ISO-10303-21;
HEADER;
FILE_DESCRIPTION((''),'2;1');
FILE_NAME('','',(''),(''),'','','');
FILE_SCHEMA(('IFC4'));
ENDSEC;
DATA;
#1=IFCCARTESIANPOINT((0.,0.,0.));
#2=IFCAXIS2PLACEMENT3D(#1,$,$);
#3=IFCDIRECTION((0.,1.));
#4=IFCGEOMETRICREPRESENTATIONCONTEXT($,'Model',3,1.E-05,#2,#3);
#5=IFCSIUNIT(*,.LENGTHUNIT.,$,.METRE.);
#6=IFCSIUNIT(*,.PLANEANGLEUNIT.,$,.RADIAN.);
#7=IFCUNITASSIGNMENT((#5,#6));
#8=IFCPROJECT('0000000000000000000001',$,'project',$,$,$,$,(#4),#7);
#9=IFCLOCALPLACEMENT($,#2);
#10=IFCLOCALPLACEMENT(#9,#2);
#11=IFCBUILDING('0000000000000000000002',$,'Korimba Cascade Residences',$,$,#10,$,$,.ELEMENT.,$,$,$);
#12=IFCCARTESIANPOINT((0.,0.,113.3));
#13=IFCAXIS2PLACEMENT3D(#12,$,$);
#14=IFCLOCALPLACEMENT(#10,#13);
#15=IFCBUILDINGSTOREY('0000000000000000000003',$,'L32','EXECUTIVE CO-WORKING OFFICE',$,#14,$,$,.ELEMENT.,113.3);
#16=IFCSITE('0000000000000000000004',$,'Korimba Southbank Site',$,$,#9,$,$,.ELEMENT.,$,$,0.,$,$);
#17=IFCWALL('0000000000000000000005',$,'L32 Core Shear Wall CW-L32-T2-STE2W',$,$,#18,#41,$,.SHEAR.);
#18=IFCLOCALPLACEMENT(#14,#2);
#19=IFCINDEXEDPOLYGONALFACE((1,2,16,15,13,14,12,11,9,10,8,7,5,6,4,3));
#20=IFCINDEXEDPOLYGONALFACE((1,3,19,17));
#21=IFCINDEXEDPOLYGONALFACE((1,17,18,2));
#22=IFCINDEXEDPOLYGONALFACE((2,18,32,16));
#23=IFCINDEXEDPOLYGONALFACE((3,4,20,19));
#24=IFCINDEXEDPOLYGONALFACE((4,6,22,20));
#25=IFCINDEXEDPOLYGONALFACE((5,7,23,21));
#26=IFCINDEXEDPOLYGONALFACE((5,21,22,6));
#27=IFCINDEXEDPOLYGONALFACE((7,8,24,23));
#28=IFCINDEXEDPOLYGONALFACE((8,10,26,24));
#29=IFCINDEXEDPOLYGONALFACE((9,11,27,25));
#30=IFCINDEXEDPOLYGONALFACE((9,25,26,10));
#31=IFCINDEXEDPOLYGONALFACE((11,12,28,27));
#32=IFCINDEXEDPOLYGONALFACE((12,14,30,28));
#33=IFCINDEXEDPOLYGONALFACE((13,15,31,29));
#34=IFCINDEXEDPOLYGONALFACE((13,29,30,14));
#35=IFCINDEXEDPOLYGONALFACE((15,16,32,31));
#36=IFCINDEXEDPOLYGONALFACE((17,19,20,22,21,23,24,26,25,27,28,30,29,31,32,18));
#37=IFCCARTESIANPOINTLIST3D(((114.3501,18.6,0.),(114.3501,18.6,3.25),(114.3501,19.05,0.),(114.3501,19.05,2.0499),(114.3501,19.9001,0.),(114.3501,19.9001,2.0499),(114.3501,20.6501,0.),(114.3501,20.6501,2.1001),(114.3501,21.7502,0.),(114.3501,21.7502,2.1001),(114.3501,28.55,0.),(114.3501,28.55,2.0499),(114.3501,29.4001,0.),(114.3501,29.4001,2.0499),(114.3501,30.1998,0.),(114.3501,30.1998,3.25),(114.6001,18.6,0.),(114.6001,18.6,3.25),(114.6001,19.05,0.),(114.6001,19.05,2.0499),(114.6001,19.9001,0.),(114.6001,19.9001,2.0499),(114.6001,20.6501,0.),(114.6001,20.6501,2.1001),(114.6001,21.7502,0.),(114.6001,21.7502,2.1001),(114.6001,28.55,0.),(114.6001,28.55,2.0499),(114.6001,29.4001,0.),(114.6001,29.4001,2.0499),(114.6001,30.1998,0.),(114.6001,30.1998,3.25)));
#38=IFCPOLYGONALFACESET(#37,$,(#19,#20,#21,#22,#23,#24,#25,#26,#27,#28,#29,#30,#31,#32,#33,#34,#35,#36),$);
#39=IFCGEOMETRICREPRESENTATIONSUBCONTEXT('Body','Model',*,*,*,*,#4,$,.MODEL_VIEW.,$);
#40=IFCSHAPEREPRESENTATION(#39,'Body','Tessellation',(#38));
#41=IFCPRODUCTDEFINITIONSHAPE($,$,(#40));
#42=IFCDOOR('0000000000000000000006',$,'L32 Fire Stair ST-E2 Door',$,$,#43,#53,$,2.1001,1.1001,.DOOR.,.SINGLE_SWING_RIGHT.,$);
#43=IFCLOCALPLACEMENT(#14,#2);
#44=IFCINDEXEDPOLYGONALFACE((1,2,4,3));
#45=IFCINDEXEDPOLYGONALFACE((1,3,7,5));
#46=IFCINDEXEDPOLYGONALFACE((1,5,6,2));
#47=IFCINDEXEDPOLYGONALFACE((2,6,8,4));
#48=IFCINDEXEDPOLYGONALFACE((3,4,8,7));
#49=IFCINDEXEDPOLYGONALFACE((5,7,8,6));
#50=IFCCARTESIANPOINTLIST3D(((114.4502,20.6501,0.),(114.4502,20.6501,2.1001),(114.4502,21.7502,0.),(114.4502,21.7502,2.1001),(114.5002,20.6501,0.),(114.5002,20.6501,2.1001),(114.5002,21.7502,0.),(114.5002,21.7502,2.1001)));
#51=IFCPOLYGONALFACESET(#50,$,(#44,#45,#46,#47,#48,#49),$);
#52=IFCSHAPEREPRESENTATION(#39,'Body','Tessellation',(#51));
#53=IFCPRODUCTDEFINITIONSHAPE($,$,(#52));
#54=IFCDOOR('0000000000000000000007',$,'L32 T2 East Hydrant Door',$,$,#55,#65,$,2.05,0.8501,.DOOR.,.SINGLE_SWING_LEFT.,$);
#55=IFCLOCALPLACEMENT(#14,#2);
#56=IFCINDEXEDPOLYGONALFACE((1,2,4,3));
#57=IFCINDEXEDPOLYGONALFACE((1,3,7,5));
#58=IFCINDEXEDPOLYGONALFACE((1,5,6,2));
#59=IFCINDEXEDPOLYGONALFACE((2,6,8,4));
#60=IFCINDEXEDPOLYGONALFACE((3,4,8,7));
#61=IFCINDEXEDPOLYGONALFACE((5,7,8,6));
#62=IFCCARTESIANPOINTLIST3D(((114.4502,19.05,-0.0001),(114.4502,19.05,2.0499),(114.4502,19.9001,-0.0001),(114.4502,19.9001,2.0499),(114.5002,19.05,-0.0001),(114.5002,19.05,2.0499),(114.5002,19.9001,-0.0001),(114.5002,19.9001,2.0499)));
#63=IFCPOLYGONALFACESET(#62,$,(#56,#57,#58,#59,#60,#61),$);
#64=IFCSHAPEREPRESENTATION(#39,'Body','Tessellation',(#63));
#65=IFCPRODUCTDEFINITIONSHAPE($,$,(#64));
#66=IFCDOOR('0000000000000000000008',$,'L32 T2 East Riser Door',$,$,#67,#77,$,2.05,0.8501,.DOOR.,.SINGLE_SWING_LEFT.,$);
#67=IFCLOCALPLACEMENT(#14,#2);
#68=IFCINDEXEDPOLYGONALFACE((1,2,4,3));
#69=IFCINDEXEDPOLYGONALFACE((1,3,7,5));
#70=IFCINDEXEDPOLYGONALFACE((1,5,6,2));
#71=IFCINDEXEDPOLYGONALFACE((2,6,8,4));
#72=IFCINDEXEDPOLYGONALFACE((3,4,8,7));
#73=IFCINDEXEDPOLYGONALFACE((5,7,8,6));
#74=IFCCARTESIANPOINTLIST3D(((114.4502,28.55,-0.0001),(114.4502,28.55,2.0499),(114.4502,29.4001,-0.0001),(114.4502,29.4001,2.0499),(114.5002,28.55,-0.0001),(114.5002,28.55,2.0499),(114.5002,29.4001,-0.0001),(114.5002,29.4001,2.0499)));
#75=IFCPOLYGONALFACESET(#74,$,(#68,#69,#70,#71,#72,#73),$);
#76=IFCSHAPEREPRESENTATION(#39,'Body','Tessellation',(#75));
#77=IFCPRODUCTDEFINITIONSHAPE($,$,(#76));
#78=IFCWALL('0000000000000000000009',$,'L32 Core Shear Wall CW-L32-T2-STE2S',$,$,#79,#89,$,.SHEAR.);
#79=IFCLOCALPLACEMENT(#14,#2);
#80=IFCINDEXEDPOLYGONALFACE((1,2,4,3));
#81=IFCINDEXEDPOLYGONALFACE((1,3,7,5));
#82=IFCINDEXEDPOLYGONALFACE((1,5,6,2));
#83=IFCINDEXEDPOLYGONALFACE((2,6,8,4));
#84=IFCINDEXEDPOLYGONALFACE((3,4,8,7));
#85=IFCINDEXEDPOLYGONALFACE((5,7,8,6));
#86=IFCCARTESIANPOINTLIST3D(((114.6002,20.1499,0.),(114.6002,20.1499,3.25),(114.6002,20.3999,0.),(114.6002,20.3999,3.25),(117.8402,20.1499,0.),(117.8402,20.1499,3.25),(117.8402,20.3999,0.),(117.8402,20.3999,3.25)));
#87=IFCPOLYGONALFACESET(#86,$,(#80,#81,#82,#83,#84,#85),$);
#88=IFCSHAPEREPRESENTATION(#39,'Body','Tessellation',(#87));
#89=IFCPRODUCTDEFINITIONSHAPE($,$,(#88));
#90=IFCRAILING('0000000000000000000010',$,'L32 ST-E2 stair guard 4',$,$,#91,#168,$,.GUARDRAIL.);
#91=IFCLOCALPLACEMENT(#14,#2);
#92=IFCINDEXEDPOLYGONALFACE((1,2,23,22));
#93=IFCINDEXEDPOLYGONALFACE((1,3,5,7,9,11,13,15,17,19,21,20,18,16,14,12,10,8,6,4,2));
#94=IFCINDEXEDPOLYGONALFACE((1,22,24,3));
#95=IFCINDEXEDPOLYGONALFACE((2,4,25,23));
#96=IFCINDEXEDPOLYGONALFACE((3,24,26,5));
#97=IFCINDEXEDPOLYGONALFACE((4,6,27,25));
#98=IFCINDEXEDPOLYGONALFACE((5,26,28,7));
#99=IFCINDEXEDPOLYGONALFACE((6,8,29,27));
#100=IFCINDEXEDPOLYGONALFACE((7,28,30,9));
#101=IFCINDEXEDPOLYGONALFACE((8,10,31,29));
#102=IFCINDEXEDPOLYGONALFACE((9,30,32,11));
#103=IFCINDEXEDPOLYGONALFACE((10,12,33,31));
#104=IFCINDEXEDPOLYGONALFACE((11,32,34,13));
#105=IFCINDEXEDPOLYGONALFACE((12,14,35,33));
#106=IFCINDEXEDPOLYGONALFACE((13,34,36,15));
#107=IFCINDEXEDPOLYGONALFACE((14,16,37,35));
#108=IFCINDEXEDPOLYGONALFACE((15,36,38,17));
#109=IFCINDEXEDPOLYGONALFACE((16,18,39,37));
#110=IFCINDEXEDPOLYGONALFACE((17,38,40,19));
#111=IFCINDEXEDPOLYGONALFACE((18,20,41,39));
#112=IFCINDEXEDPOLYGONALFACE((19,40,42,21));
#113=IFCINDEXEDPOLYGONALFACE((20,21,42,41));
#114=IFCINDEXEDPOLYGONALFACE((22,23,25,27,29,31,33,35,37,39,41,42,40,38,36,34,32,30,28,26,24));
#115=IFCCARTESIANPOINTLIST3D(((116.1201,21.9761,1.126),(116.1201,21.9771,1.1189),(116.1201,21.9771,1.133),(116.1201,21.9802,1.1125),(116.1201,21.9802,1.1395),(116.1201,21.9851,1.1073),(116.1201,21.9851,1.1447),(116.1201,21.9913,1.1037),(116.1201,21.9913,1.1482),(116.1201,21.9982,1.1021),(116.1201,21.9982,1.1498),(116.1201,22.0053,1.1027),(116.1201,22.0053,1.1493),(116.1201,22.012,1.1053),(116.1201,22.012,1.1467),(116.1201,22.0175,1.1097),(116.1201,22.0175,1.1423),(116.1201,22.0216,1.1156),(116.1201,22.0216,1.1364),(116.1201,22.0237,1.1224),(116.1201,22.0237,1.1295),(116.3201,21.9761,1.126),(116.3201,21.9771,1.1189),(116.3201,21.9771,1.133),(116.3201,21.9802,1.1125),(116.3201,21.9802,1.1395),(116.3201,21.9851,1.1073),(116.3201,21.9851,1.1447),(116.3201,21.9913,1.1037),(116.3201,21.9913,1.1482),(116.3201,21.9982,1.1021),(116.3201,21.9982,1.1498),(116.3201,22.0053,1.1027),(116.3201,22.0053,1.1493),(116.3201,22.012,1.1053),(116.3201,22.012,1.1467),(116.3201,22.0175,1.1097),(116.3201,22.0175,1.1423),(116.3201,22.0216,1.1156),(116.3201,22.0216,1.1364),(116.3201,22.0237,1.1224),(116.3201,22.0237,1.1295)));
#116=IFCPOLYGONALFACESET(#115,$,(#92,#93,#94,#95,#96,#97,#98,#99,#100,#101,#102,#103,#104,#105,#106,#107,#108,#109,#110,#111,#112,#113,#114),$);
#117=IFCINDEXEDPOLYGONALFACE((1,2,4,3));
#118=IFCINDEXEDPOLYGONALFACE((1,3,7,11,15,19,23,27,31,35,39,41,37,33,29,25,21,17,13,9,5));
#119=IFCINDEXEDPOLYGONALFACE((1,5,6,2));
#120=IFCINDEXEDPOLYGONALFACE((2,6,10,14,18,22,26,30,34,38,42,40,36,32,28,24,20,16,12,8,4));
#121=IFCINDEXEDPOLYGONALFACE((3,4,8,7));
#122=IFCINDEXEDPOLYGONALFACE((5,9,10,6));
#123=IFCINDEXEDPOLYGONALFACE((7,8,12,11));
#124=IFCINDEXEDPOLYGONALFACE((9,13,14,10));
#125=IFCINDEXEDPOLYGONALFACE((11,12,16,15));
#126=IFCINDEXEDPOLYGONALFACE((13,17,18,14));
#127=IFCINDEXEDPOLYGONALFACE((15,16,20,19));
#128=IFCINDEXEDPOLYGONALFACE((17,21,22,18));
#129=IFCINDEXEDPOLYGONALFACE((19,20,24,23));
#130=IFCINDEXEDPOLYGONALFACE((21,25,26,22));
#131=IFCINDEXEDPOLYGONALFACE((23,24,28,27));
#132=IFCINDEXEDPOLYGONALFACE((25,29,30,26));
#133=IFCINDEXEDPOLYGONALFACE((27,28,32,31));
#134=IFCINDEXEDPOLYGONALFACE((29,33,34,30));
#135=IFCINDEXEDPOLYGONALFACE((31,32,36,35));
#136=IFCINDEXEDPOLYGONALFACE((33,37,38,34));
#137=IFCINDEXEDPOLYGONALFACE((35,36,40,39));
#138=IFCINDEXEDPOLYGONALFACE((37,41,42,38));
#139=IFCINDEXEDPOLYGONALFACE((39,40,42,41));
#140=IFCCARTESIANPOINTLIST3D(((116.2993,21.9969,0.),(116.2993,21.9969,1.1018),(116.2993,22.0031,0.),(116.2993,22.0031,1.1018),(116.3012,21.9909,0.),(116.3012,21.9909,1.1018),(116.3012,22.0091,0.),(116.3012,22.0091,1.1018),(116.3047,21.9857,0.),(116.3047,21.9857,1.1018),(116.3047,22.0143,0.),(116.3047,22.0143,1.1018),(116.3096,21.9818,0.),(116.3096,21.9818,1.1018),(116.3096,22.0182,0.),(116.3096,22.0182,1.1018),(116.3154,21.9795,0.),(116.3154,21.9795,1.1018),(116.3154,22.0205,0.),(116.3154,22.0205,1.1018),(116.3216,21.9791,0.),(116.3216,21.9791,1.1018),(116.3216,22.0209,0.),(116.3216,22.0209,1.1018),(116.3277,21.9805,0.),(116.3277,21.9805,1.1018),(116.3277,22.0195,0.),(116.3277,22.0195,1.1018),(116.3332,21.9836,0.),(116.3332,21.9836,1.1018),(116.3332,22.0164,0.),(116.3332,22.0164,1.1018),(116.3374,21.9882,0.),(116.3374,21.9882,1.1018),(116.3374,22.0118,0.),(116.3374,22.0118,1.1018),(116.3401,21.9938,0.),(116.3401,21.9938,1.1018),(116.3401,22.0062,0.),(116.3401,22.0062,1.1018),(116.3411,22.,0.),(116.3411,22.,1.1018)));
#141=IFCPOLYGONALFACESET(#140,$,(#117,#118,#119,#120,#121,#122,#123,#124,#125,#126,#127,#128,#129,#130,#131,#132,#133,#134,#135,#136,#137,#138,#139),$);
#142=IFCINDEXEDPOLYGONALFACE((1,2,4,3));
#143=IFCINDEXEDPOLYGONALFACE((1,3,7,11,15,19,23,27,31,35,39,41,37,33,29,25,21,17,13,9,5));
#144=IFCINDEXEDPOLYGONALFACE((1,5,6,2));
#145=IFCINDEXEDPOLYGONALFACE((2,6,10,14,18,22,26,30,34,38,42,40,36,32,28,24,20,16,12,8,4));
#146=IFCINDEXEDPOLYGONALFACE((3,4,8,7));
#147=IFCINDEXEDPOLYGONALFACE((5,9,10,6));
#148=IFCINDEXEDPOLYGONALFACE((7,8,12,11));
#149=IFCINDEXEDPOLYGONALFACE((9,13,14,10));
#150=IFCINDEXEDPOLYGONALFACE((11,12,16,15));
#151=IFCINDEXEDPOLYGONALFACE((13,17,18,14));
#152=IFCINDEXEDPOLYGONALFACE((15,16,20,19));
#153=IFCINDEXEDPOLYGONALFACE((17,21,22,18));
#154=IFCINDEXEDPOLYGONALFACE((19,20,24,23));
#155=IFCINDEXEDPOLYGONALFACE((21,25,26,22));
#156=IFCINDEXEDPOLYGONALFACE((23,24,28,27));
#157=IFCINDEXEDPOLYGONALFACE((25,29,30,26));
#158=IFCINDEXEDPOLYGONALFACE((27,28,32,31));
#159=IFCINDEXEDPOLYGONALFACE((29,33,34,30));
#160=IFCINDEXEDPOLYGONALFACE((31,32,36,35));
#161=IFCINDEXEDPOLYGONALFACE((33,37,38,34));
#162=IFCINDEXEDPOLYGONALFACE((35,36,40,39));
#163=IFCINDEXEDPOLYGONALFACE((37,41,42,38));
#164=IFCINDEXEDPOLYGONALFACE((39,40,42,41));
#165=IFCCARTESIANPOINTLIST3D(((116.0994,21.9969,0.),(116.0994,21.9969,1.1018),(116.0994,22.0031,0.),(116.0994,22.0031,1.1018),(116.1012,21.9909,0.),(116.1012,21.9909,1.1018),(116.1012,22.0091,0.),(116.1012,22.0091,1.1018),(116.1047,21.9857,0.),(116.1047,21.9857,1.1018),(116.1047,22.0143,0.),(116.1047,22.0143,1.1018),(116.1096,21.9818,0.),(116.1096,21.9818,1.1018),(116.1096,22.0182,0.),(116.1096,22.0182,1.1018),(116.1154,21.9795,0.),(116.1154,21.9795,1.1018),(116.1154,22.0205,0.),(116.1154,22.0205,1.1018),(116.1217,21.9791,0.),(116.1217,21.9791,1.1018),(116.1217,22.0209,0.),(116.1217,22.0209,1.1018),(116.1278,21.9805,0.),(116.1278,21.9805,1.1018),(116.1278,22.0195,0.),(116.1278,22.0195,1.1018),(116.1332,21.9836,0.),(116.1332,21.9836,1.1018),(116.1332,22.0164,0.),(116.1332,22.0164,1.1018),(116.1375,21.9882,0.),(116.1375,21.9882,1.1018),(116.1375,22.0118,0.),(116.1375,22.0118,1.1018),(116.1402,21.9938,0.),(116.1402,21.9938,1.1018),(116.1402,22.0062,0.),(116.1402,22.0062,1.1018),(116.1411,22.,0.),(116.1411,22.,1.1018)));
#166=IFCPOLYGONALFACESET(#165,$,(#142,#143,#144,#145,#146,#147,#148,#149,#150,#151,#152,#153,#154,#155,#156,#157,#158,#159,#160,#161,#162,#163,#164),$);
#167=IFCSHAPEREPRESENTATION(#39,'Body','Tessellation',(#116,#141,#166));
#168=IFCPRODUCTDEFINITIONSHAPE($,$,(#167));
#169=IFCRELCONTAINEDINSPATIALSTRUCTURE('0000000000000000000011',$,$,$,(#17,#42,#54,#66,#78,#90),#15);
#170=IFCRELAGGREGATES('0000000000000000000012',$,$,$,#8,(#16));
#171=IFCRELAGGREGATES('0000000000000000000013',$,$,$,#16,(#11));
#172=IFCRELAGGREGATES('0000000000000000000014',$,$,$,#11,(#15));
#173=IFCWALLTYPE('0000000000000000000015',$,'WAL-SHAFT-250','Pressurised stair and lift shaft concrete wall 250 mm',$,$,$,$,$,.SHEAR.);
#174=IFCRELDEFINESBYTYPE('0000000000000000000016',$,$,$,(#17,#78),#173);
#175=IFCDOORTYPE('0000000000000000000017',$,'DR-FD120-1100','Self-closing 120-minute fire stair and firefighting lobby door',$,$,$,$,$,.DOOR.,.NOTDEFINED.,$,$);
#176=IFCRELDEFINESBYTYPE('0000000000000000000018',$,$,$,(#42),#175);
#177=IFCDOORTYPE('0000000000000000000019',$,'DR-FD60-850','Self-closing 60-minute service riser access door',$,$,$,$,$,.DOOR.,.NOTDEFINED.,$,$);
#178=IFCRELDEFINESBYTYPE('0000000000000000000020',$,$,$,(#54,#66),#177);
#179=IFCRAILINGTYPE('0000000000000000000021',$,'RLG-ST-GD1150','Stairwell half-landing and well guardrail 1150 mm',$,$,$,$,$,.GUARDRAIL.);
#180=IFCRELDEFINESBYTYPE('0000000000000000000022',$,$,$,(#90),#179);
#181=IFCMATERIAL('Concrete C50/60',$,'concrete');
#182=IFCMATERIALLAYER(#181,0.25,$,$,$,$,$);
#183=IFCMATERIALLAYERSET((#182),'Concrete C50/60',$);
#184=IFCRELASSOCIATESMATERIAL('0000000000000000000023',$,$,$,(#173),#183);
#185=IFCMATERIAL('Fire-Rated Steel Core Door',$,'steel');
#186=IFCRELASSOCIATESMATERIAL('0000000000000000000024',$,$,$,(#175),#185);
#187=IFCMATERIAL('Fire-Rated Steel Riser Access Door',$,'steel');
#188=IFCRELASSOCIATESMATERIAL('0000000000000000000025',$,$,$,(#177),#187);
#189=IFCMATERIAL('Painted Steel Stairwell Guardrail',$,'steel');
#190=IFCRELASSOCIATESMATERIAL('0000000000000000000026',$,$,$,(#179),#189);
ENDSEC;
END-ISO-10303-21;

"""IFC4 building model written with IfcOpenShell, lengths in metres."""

from ifc_helpers import new_model, si_unit, direction, frame, frame_2d, origin, origin_2d, place, context, subcontext, project, spatial, rectangle, circle, extrude, material, layer, layer_set, type_object, element, fill, save


model = new_model("IFC4")

# Units and contexts
model_context = context("Model", 3, precision=1e-05, world=origin(), true_north=direction((0.0, 1.0)))
body_context = subcontext(model_context, "Body", "Model", "MODEL_VIEW")
ifc_project = project(units=[si_unit("LENGTHUNIT", "METRE"), si_unit("PLANEANGLEUNIT", "RADIAN")], contexts=[model_context])

# Site, building, storey
site_placement = place(None, origin())
site = spatial("IfcSite", under=ifc_project, at=site_placement, Name="Korimba Southbank Site", CompositionType="ELEMENT", RefElevation=0.0)
building_placement = place(site_placement, origin())
building = spatial("IfcBuilding", under=site, at=building_placement, Name="Korimba Cascade Residences", CompositionType="ELEMENT")
storey_placement = place(building_placement, frame((0.0, 0.0, 113.3)))
storey = spatial("IfcBuildingStorey", under=building, at=storey_placement, Name="L32", Description="EXECUTIVE CO-WORKING OFFICE", CompositionType="ELEMENT", Elevation=113.3)

# Wall, openings, doors
ifc_material_1 = material(Name="Concrete C50/60", Category="concrete")
ifc_layer_1 = layer(ifc_material_1, 0.25)
ifc_layer_set_1 = layer_set([ifc_layer_1], Name="Concrete C50/60")
wall_type_1 = type_object("IfcWallType", Name="WAL-SHAFT-250", Description="Pressurised stair and lift shaft concrete wall 250 mm", PredefinedType="SHEAR", material=ifc_layer_set_1)
wall_1_placement = place(storey_placement, frame((114.4751, 18.6001, 0.0), z_axis=(0.0, 0.0, 1.0), x_axis=(0.0, 1.0, 0.0)))
wall_1 = element("IfcWall", 1, at=wall_1_placement, inside=storey, type_object=wall_type_1, Name="L32 Core Shear Wall CW-L32-T2-STE2W", PredefinedType="SHEAR", context=body_context, shape_type="SweptSolid", body=[
    extrude(rectangle(XDim=11.5999, YDim=0.25, at=frame_2d((5.7998, 0.0))), origin(), (0.0, 0.0, 1.0), 3.25),
])
opening_1_placement = place(wall_1_placement, frame((0.45, 0.0, 0.0)))
opening_1 = element("IfcOpeningElement", 2, at=opening_1_placement, cuts=wall_1, PredefinedType="OPENING", context=body_context, shape_type="SweptSolid", body=[
    extrude(rectangle(XDim=0.8501, YDim=2.05, at=frame_2d((0.425, 1.0249))), frame((0.0, 0.135, 0.0), z_axis=(0.0, -1.0, 0.0), x_axis=(1.0, 0.0, 0.0)), (0.0, 0.0, 1.0), 0.27),
])
opening_2_placement = place(wall_1_placement, frame((2.05, 0.0, 0.0)))
opening_2 = element("IfcOpeningElement", 3, at=opening_2_placement, cuts=wall_1, PredefinedType="OPENING", context=body_context, shape_type="SweptSolid", body=[
    extrude(rectangle(XDim=1.1001, YDim=2.1001, at=frame_2d((0.55, 1.05))), frame((0.0, 0.135, 0.0), z_axis=(0.0, -1.0, 0.0), x_axis=(1.0, 0.0, 0.0)), (0.0, 0.0, 1.0), 0.27),
])
opening_3_placement = place(wall_1_placement, frame((9.95, 0.0, 0.0)))
opening_3 = element("IfcOpeningElement", 4, at=opening_3_placement, cuts=wall_1, PredefinedType="OPENING", context=body_context, shape_type="SweptSolid", body=[
    extrude(rectangle(XDim=0.8501, YDim=2.05, at=frame_2d((0.425, 1.0249))), frame((0.0, 0.135, 0.0), z_axis=(0.0, -1.0, 0.0), x_axis=(1.0, 0.0, 0.0)), (0.0, 0.0, 1.0), 0.27),
])
ifc_material_2 = material(Name="Fire-Rated Steel Core Door", Category="steel")
door_type_1 = type_object("IfcDoorType", Name="DR-FD120-1100", Description="Self-closing 120-minute fire stair and firefighting lobby door", OperationType="NOTDEFINED", PredefinedType="DOOR", material=ifc_material_2)
door_1_placement = place(opening_2_placement, origin())
door_1 = element("IfcDoor", 5, at=door_1_placement, inside=storey, type_object=door_type_1, Name="L32 Fire Stair ST-E2 Door", OperationType="SINGLE_SWING_RIGHT", OverallHeight=2.1001, OverallWidth=1.1001, PredefinedType="DOOR", context=body_context, shape_type="SweptSolid", body=[
    extrude(rectangle(XDim=1.1001, YDim=2.1001, at=frame_2d((0.55, 1.05))), frame((0.0, 0.0249, 0.0), z_axis=(0.0, -1.0, 0.0), x_axis=(1.0, 0.0, 0.0)), (0.0, 0.0, 1.0), 0.05),
])
fill(opening_2, door_1)
ifc_material_3 = material(Name="Fire-Rated Steel Riser Access Door", Category="steel")
door_type_2 = type_object("IfcDoorType", Name="DR-FD60-850", Description="Self-closing 60-minute service riser access door", OperationType="NOTDEFINED", PredefinedType="DOOR", material=ifc_material_3)
door_2_placement = place(opening_1_placement, origin())
door_2 = element("IfcDoor", 6, at=door_2_placement, inside=storey, type_object=door_type_2, Name="L32 T2 East Hydrant Door", OperationType="SINGLE_SWING_LEFT", OverallHeight=2.05, OverallWidth=0.8501, PredefinedType="DOOR", context=body_context, shape_type="SweptSolid", body=[
    extrude(rectangle(XDim=0.8501, YDim=2.05, at=frame_2d((0.425, 1.0249))), frame((0.0, 0.0249, 0.0), z_axis=(0.0, -1.0, 0.0), x_axis=(1.0, 0.0, 0.0)), (0.0, 0.0, 1.0), 0.05),
])
fill(opening_1, door_2)
door_3_placement = place(opening_3_placement, origin())
door_3 = element("IfcDoor", 7, at=door_3_placement, inside=storey, type_object=door_type_2, Name="L32 T2 East Riser Door", OperationType="SINGLE_SWING_LEFT", OverallHeight=2.05, OverallWidth=0.8501, PredefinedType="DOOR", context=body_context, shape_type="SweptSolid", body=[
    extrude(rectangle(XDim=0.8501, YDim=2.05, at=frame_2d((0.425, 1.0249))), frame((0.0, 0.0249, 0.0), z_axis=(0.0, -1.0, 0.0), x_axis=(1.0, 0.0, 0.0)), (0.0, 0.0, 1.0), 0.05),
])
fill(opening_3, door_3)

# Wall
wall_2_placement = place(storey_placement, frame((114.6001, 20.2749, 0.0), z_axis=(0.0, 0.0, 1.0), x_axis=(1.0, 0.0, 0.0)))
element("IfcWall", 8, at=wall_2_placement, inside=storey, type_object=wall_type_1, Name="L32 Core Shear Wall CW-L32-T2-STE2S", PredefinedType="SHEAR", context=body_context, shape_type="SweptSolid", body=[
    extrude(rectangle(XDim=3.24, YDim=0.25, at=frame_2d((1.6201, 0.0))), origin(), (0.0, 0.0, 1.0), 3.25),
])

# Railing
ifc_material_4 = material(Name="Painted Steel Stairwell Guardrail", Category="steel")
railing_type = type_object("IfcRailingType", Name="RLG-ST-GD1150", Description="Stairwell half-landing and well guardrail 1150 mm", PredefinedType="GUARDRAIL", material=ifc_material_4)
railing_placement = place(storey_placement, frame((116.3201, 22.0, 0.0)))
element("IfcRailing", 9, at=railing_placement, inside=storey, type_object=railing_type, Name="L32 ST-E2 stair guard 4", PredefinedType="GUARDRAIL", context=body_context, shape_type="SweptSolid", body=[
    extrude(circle(Radius=0.0239, at=origin_2d()), frame((0.0, 0.0, 1.126), z_axis=(-1.0, 0.0, 0.0), x_axis=(0.0, -1.0, 0.0)), (0.0, 0.0, 1.0), 0.2),
    extrude(circle(Radius=0.021, at=origin_2d()), origin(), (0.0, 0.0, 1.0), 1.1018),
    extrude(circle(Radius=0.021, at=origin_2d()), frame((-0.2, 0.0, 0.0)), (0.0, 0.0, 1.0), 1.1018),
])

save(model, "model.ifc")
